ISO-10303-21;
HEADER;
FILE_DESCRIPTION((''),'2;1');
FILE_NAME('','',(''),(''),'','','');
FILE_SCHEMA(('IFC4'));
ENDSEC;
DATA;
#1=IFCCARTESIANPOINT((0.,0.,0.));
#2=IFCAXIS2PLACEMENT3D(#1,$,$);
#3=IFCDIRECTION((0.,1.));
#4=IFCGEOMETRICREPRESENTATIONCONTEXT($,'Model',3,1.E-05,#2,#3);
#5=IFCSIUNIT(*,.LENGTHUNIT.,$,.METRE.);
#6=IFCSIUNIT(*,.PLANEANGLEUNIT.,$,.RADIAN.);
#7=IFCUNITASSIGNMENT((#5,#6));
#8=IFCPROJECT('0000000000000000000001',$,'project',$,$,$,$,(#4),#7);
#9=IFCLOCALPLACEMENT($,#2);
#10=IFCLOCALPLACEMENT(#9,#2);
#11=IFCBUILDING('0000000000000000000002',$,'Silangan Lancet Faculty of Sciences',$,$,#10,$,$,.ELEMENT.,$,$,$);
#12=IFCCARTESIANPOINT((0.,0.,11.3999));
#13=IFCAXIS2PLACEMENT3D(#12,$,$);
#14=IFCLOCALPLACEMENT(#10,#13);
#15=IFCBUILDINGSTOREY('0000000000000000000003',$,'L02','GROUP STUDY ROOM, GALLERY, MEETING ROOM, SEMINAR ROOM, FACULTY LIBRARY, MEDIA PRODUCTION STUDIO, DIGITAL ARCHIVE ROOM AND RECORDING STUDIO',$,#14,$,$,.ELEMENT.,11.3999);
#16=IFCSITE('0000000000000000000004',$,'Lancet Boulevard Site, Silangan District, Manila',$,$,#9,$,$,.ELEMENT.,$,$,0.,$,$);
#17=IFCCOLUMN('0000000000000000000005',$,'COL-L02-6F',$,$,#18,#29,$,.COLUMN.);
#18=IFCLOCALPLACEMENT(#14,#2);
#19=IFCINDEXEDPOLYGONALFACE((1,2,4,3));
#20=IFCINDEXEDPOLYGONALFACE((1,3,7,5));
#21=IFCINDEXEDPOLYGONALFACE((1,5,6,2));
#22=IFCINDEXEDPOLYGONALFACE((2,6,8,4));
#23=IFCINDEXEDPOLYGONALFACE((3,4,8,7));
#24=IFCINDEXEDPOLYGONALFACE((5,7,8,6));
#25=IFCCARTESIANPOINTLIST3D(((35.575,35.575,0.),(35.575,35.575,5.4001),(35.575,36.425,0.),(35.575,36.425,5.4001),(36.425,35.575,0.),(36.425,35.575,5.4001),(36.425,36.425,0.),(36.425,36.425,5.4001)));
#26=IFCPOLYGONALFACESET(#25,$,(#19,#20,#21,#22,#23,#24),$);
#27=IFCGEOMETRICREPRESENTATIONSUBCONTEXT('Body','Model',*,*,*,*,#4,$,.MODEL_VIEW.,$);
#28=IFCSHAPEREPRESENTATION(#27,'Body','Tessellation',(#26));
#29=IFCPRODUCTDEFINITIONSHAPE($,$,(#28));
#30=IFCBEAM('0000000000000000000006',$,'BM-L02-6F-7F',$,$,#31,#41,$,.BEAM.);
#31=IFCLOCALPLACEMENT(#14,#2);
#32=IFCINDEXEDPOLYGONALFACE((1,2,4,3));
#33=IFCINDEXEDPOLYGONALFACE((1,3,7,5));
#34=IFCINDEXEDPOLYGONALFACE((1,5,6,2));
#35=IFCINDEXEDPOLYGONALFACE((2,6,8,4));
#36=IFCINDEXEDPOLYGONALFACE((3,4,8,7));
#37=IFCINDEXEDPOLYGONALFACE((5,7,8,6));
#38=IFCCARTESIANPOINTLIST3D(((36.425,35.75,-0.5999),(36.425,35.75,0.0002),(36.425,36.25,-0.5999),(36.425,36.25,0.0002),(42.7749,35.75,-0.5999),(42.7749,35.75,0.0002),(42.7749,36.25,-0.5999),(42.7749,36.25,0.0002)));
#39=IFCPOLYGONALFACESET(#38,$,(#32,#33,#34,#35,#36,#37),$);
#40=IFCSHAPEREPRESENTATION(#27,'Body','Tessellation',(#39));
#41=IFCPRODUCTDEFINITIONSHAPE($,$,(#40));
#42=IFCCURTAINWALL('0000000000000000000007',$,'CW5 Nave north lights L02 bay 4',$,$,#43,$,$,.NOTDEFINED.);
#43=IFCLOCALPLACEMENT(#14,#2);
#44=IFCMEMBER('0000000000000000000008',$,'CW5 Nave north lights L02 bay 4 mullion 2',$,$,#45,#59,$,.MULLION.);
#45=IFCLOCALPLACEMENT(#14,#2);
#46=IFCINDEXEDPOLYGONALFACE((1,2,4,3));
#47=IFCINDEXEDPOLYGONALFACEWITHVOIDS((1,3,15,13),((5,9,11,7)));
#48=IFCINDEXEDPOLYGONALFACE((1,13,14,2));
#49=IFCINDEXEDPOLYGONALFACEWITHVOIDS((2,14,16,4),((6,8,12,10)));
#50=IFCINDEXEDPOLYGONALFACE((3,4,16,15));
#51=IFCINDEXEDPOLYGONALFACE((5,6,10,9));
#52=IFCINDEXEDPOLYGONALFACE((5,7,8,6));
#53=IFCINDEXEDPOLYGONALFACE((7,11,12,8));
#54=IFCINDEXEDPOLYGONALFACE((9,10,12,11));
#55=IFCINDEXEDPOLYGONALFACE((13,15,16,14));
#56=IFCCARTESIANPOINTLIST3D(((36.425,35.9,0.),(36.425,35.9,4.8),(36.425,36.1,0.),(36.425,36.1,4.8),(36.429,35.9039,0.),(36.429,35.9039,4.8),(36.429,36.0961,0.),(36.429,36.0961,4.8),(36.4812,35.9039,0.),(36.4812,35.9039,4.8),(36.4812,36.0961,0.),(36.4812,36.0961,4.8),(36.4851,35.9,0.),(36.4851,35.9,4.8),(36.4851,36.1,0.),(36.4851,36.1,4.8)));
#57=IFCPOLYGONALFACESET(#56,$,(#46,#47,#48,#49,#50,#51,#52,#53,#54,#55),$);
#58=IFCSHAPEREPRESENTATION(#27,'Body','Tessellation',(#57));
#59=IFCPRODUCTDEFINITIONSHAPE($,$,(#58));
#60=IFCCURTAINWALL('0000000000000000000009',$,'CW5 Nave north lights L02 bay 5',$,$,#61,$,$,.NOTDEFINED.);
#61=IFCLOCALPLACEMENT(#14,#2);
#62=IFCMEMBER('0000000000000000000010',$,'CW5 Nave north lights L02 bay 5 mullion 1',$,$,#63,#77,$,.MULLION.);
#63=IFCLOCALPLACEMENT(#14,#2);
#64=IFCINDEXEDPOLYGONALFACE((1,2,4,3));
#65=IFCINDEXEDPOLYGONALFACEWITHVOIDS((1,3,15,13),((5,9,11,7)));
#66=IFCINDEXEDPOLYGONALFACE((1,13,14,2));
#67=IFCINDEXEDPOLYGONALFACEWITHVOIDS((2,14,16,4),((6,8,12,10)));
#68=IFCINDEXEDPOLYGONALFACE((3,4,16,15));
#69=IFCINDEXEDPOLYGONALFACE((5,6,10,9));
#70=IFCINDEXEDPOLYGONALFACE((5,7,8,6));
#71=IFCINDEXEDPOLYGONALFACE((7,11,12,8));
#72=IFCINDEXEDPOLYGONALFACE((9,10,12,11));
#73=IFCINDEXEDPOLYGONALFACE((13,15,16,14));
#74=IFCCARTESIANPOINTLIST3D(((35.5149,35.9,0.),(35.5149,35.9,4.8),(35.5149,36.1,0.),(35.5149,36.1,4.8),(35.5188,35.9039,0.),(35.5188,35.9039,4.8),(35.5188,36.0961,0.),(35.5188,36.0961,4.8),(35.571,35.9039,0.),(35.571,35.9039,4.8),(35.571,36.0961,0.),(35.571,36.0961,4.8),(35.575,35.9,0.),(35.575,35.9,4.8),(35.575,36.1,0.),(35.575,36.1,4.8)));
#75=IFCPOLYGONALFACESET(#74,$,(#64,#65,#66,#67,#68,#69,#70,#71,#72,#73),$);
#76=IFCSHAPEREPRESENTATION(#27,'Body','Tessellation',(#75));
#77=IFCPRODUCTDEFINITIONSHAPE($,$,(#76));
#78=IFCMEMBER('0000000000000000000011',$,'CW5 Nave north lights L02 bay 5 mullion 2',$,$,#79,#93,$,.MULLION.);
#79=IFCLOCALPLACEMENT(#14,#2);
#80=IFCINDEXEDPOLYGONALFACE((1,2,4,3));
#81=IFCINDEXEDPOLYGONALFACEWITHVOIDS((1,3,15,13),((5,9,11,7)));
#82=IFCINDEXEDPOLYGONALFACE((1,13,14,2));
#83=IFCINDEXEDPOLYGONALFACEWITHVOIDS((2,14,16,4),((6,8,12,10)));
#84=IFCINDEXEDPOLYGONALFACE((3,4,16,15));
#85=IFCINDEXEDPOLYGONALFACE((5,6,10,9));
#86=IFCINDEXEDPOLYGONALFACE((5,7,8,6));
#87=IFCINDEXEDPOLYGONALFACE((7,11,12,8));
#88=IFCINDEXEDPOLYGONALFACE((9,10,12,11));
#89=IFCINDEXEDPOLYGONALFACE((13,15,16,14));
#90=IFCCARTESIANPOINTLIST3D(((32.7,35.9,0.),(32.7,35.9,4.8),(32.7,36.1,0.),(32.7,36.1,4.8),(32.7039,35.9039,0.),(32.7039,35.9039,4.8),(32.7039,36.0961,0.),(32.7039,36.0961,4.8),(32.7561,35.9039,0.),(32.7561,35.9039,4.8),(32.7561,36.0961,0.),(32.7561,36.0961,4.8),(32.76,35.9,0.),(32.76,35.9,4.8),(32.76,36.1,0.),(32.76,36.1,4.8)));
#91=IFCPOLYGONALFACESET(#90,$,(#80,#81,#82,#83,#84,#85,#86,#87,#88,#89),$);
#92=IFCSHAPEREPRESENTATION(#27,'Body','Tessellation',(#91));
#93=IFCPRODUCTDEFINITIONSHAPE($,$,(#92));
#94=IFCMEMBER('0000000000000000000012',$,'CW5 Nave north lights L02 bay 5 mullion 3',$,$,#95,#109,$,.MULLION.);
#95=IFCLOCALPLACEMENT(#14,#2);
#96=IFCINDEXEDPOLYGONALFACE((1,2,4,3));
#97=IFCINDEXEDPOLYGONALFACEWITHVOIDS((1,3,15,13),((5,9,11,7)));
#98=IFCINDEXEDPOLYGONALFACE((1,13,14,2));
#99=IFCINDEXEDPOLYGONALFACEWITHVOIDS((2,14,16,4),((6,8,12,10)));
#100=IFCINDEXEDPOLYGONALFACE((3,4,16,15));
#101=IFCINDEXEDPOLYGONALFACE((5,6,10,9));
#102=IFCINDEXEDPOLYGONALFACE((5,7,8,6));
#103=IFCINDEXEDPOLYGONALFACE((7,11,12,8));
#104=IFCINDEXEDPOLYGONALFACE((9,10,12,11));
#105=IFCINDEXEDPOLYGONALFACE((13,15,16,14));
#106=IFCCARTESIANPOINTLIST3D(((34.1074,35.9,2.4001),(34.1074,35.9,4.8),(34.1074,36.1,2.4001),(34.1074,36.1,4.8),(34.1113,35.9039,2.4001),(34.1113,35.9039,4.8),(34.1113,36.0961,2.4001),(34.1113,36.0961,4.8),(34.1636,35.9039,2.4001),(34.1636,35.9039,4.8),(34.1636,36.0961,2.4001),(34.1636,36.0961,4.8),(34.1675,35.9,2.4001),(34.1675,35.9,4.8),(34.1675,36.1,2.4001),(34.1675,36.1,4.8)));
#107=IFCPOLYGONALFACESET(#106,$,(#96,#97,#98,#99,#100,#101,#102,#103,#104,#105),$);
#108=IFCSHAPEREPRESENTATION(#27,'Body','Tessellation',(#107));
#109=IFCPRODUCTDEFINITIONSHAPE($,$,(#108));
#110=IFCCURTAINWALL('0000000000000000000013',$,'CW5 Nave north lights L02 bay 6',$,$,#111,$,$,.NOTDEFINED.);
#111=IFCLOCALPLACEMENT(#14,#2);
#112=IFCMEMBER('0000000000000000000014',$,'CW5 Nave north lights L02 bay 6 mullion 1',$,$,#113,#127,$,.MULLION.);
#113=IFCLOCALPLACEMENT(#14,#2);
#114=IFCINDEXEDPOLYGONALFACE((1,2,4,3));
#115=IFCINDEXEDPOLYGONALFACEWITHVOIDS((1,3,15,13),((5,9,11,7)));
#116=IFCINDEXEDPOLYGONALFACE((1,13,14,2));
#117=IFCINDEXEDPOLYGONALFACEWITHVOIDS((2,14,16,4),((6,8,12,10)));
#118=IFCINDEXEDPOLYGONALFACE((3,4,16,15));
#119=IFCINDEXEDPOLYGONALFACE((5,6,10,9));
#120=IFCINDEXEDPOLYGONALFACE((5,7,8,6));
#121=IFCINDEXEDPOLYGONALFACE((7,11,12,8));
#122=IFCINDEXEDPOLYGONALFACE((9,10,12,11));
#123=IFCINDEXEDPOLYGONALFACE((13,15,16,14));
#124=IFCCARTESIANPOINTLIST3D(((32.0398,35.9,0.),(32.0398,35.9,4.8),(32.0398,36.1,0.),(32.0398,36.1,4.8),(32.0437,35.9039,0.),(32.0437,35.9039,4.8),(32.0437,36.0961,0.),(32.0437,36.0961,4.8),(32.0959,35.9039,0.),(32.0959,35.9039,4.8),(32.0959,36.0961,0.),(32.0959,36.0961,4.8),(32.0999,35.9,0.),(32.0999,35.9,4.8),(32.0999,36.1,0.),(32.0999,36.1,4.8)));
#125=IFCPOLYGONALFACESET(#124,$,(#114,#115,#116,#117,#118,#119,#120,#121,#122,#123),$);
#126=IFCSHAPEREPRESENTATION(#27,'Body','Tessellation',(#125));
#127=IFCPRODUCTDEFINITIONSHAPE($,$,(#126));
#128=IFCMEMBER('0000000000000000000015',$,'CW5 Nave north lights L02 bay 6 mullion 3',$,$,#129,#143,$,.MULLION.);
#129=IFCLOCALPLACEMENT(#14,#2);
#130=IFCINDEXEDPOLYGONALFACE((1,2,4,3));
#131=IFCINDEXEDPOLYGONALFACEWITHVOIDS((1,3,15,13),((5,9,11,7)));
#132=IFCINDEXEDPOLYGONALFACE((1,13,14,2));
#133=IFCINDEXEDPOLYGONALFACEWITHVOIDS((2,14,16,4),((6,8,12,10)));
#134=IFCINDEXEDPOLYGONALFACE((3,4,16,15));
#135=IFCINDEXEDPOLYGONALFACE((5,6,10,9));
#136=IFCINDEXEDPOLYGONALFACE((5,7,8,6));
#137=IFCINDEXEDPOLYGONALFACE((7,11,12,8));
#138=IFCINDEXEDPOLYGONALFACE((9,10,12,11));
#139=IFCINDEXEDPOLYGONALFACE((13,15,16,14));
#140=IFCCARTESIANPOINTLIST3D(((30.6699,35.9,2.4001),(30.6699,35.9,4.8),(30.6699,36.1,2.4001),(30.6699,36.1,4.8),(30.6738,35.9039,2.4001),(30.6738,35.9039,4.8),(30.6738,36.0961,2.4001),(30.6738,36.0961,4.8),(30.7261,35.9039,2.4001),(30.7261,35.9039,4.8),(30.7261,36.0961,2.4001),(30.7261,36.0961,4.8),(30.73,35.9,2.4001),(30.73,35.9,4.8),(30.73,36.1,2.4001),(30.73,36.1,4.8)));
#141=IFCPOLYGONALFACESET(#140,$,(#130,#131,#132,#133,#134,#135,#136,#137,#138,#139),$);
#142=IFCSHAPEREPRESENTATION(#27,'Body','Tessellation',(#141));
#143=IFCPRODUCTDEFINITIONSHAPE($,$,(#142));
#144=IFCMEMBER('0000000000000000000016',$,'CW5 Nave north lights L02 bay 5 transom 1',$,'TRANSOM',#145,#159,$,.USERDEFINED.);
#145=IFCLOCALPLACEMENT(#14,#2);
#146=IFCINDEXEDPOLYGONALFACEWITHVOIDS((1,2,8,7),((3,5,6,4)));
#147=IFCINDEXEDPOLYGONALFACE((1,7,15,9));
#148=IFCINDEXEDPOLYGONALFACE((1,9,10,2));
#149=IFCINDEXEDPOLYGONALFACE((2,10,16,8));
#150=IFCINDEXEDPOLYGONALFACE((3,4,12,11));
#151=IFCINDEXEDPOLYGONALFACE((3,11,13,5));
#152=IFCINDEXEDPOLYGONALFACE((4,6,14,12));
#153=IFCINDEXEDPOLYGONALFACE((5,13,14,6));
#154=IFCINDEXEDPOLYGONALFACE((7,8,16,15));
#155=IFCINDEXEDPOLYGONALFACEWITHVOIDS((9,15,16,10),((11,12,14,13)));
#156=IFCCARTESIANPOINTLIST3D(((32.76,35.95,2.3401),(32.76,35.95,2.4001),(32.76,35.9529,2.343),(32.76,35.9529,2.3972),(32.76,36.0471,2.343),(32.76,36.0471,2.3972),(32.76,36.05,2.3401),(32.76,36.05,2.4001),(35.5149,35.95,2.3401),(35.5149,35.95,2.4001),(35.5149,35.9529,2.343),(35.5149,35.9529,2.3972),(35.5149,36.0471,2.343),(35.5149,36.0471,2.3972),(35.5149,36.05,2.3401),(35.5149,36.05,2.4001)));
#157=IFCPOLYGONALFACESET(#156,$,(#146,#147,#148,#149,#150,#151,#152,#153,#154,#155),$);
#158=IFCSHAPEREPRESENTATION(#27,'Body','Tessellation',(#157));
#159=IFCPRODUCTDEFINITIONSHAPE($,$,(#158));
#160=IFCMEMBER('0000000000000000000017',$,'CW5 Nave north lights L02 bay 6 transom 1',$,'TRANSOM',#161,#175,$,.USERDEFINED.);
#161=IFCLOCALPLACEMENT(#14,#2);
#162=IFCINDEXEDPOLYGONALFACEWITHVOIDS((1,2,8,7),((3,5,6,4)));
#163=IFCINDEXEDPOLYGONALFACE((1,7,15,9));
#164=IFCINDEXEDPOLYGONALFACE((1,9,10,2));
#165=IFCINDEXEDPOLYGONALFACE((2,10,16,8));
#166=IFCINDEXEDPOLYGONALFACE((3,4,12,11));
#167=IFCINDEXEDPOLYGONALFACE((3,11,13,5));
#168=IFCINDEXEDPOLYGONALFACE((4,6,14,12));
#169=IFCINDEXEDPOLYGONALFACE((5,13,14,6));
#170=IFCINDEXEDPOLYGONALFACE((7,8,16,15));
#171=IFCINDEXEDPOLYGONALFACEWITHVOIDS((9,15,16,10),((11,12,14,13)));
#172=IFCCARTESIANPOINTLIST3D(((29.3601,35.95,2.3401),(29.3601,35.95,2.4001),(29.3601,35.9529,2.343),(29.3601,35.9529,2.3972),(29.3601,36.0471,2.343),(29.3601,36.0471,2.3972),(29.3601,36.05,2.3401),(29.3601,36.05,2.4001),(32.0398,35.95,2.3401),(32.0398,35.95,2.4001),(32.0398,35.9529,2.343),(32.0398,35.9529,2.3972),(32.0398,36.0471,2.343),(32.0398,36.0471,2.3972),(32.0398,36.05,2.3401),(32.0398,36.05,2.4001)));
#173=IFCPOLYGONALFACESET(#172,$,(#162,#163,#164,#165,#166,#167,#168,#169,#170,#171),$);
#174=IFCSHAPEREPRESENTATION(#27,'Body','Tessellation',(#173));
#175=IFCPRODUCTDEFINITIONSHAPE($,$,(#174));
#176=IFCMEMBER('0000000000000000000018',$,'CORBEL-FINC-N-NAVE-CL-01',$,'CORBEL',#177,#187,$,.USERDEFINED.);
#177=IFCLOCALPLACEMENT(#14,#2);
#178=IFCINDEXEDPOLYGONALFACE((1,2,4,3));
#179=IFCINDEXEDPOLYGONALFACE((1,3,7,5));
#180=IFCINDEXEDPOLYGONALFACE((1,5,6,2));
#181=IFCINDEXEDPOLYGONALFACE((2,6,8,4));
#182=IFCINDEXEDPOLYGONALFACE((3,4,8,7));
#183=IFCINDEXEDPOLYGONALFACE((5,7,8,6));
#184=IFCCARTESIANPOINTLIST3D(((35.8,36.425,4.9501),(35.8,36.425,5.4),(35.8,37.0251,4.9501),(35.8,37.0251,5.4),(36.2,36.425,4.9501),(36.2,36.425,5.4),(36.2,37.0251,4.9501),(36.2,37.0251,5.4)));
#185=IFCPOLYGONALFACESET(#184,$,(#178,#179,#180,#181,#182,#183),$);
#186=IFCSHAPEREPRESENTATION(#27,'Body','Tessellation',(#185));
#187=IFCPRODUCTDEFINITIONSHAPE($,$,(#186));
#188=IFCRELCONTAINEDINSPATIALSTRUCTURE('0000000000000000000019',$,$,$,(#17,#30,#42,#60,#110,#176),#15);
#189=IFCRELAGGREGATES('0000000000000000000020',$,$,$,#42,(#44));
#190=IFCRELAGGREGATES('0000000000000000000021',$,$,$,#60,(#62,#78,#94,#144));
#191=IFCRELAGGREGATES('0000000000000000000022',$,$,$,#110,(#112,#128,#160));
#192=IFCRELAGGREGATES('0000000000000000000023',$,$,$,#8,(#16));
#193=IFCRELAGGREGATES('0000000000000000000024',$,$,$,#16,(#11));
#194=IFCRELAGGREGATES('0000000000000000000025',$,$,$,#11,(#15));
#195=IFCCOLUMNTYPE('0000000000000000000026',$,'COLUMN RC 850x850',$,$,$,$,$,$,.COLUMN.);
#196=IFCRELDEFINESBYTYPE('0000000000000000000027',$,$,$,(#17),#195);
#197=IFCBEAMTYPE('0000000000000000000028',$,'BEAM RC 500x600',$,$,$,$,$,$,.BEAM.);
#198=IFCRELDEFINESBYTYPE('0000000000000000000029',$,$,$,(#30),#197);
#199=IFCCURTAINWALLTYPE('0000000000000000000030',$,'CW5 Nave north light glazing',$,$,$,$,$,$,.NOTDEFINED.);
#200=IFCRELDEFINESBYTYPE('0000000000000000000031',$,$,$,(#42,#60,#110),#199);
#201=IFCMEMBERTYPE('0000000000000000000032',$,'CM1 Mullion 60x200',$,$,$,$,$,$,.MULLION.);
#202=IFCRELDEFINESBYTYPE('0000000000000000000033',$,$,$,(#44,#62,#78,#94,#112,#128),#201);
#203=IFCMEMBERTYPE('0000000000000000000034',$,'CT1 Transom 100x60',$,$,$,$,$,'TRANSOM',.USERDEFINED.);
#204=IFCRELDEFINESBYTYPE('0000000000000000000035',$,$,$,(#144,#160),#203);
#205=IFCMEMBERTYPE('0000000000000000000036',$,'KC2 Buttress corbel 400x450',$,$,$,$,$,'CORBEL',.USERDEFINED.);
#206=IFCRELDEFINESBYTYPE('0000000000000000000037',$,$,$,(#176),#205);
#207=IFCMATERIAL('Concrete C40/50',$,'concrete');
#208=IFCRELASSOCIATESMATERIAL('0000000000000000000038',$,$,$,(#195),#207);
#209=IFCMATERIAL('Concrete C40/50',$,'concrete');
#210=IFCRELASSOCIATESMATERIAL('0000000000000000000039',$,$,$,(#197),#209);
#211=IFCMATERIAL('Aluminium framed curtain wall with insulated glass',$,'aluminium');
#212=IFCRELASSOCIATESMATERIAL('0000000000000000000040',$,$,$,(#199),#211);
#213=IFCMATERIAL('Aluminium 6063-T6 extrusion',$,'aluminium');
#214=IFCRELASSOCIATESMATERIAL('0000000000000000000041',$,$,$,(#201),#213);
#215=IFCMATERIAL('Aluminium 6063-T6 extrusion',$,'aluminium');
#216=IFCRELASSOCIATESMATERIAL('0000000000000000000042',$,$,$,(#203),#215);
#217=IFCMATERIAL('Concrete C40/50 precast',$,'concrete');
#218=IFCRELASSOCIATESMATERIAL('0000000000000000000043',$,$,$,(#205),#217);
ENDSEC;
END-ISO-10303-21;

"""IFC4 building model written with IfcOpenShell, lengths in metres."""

from ifc_helpers import new_model, si_unit, direction, frame, origin, origin_2d, place, context, subcontext, project, spatial, rectangle, hollow_rectangle, extrude, material, material_profile, profile_set, type_object, element, aggregate, save


model = new_model("IFC4")

# Units and contexts
model_context = context("Model", 3, precision=1e-05, world=origin(), true_north=direction((0.0, 1.0)))
body_context = subcontext(model_context, "Body", "Model", "MODEL_VIEW")
ifc_project = project(units=[si_unit("LENGTHUNIT", "METRE"), si_unit("PLANEANGLEUNIT", "RADIAN")], contexts=[model_context])

# Site, building, storey
site_placement = place(None, origin())
site = spatial("IfcSite", under=ifc_project, at=site_placement, Name="Lancet Boulevard Site, Silangan District, Manila", CompositionType="ELEMENT", RefElevation=0.0)
building_placement = place(site_placement, origin())
building = spatial("IfcBuilding", under=site, at=building_placement, Name="Silangan Lancet Faculty of Sciences", CompositionType="ELEMENT")
storey_placement = place(building_placement, frame((0.0, 0.0, 11.3999)))
storey = spatial("IfcBuildingStorey", under=building, at=storey_placement, Name="L02", Description="GROUP STUDY ROOM, GALLERY, MEETING ROOM, SEMINAR ROOM, FACULTY LIBRARY, MEDIA PRODUCTION STUDIO, DIGITAL ARCHIVE ROOM AND RECORDING STUDIO", CompositionType="ELEMENT", Elevation=11.3999)

# Column
ifc_material_1 = material(Name="Concrete C40/50", Category="concrete")
ifc_material_profile_1 = material_profile(ifc_material_1, rectangle(XDim=0.8501, YDim=0.8501, at=origin_2d()), Name="RC 850x850")
ifc_profile_set_1 = profile_set([ifc_material_profile_1], Name="Concrete C40/50")
column_type = type_object("IfcColumnType", Name="COLUMN RC 850x850", PredefinedType="COLUMN", material=ifc_profile_set_1)
column_placement = place(storey_placement, frame((36.0, 36.0, 0.0), z_axis=(0.0, 0.0, 1.0), x_axis=(1.0, 0.0, 0.0)))
element("IfcColumn", 1, at=column_placement, inside=storey, type_object=column_type, Name="COL-L02-6F", PredefinedType="COLUMN", context=body_context, shape_type="SweptSolid", body=[
    extrude(rectangle(XDim=0.8501, YDim=0.8501, at=origin_2d()), origin(), (0.0, 0.0, 1.0), 5.4001),
])

# Beam
ifc_material_2 = material(Name="Concrete C40/50", Category="concrete")
ifc_material_profile_2 = material_profile(ifc_material_2, rectangle(XDim=0.5, YDim=0.6001, at=origin_2d()), Name="RC 500x600")
ifc_profile_set_2 = profile_set([ifc_material_profile_2], Name="Concrete C40/50")
beam_type = type_object("IfcBeamType", Name="BEAM RC 500x600", PredefinedType="BEAM", material=ifc_profile_set_2)
beam_placement = place(storey_placement, frame((36.425, 36.0, -0.2998), z_axis=(1.0, 0.0, 0.0), x_axis=(0.0, 1.0, 0.0)))
element("IfcBeam", 2, at=beam_placement, inside=storey, type_object=beam_type, Name="BM-L02-6F-7F", PredefinedType="BEAM", context=body_context, shape_type="SweptSolid", body=[
    extrude(rectangle(XDim=0.5, YDim=0.6001, at=origin_2d()), origin(), (0.0, 0.0, 1.0), 6.3499),
])

# Curtain wall, member
ifc_material_3 = material(Name="Aluminium framed curtain wall with insulated glass", Category="aluminium")
curtain_wall_type_1 = type_object("IfcCurtainWallType", Name="CW5 Nave north light glazing", PredefinedType="NOTDEFINED", material=ifc_material_3)
curtain_wall_1_placement = place(storey_placement, origin())
curtain_wall_1 = element("IfcCurtainWall", 3, at=curtain_wall_1_placement, inside=storey, type_object=curtain_wall_type_1, Name="CW5 Nave north lights L02 bay 4", PredefinedType="NOTDEFINED")
ifc_material_4 = material(Name="Aluminium 6063-T6 extrusion", Category="aluminium")
ifc_material_profile_3 = material_profile(ifc_material_4, hollow_rectangle(XDim=0.0601, YDim=0.2, WallThickness=0.0039, at=origin_2d()), Name="AL BOX 60x200x4")
ifc_profile_set_3 = profile_set([ifc_material_profile_3], Name="Aluminium 6063-T6 extrusion")
member_type_1 = type_object("IfcMemberType", Name="CM1 Mullion 60x200", PredefinedType="MULLION", material=ifc_profile_set_3)
member_1_placement = place(storey_placement, frame((36.4551, 36.0, 0.0), z_axis=(0.0, 0.0, 1.0), x_axis=(-1.0, 0.0, 0.0)))
member_1 = element("IfcMember", 4, at=member_1_placement, type_object=member_type_1, Name="CW5 Nave north lights L02 bay 4 mullion 2", PredefinedType="MULLION", context=body_context, shape_type="SweptSolid", body=[
    extrude(hollow_rectangle(XDim=0.0601, YDim=0.2, WallThickness=0.0039, at=origin_2d()), origin(), (0.0, 0.0, 1.0), 4.8),
])
aggregate(curtain_wall_1, [member_1])

# Curtain walls, members
curtain_wall_2_placement = place(storey_placement, origin())
curtain_wall_2 = element("IfcCurtainWall", 5, at=curtain_wall_2_placement, inside=storey, type_object=curtain_wall_type_1, Name="CW5 Nave north lights L02 bay 5", PredefinedType="NOTDEFINED")
member_2_placement = place(storey_placement, frame((35.5449, 36.0, 0.0), z_axis=(0.0, 0.0, 1.0), x_axis=(-1.0, 0.0, 0.0)))
member_2 = element("IfcMember", 6, at=member_2_placement, type_object=member_type_1, Name="CW5 Nave north lights L02 bay 5 mullion 1", PredefinedType="MULLION", context=body_context, shape_type="SweptSolid", body=[
    extrude(hollow_rectangle(XDim=0.0601, YDim=0.2, WallThickness=0.0039, at=origin_2d()), origin(), (0.0, 0.0, 1.0), 4.8),
])
member_3_placement = place(storey_placement, frame((32.73, 36.0, 0.0), z_axis=(0.0, 0.0, 1.0), x_axis=(-1.0, 0.0, 0.0)))
member_3 = element("IfcMember", 7, at=member_3_placement, type_object=member_type_1, Name="CW5 Nave north lights L02 bay 5 mullion 2", PredefinedType="MULLION", context=body_context, shape_type="SweptSolid", body=[
    extrude(hollow_rectangle(XDim=0.0601, YDim=0.2, WallThickness=0.0039, at=origin_2d()), origin(), (0.0, 0.0, 1.0), 4.8),
])
member_4_placement = place(storey_placement, frame((34.1375, 36.0, 2.4001), z_axis=(0.0, 0.0, 1.0), x_axis=(-1.0, 0.0, 0.0)))
member_4 = element("IfcMember", 8, at=member_4_placement, type_object=member_type_1, Name="CW5 Nave north lights L02 bay 5 mullion 3", PredefinedType="MULLION", context=body_context, shape_type="SweptSolid", body=[
    extrude(hollow_rectangle(XDim=0.0601, YDim=0.2, WallThickness=0.0039, at=origin_2d()), origin(), (0.0, 0.0, 1.0), 2.3999),
])
curtain_wall_3_placement = place(storey_placement, origin())
curtain_wall_3 = element("IfcCurtainWall", 9, at=curtain_wall_3_placement, inside=storey, type_object=curtain_wall_type_1, Name="CW5 Nave north lights L02 bay 6", PredefinedType="NOTDEFINED")
member_5_placement = place(storey_placement, frame((32.0698, 36.0, 0.0), z_axis=(0.0, 0.0, 1.0), x_axis=(-1.0, 0.0, 0.0)))
member_5 = element("IfcMember", 10, at=member_5_placement, type_object=member_type_1, Name="CW5 Nave north lights L02 bay 6 mullion 1", PredefinedType="MULLION", context=body_context, shape_type="SweptSolid", body=[
    extrude(hollow_rectangle(XDim=0.0601, YDim=0.2, WallThickness=0.0039, at=origin_2d()), origin(), (0.0, 0.0, 1.0), 4.8),
])
member_6_placement = place(storey_placement, frame((30.7, 36.0, 2.4001), z_axis=(0.0, 0.0, 1.0), x_axis=(-1.0, 0.0, 0.0)))
member_6 = element("IfcMember", 11, at=member_6_placement, type_object=member_type_1, Name="CW5 Nave north lights L02 bay 6 mullion 3", PredefinedType="MULLION", context=body_context, shape_type="SweptSolid", body=[
    extrude(hollow_rectangle(XDim=0.0601, YDim=0.2, WallThickness=0.0039, at=origin_2d()), origin(), (0.0, 0.0, 1.0), 2.3999),
])

# Members
ifc_material_5 = material(Name="Aluminium 6063-T6 extrusion", Category="aluminium")
ifc_material_profile_4 = material_profile(ifc_material_5, hollow_rectangle(XDim=0.1001, YDim=0.0601, WallThickness=0.0029, at=origin_2d()), Name="AL BOX 100x60x3")
ifc_profile_set_4 = profile_set([ifc_material_profile_4], Name="Aluminium 6063-T6 extrusion")
member_type_2 = type_object("IfcMemberType", Name="CT1 Transom 100x60", ElementType="TRANSOM", PredefinedType="USERDEFINED", material=ifc_profile_set_4)
member_7_placement = place(storey_placement, frame((35.5149, 36.0, 2.3701), z_axis=(-1.0, 0.0, 0.0), x_axis=(0.0, -1.0, 0.0)))
member_7 = element("IfcMember", 12, at=member_7_placement, type_object=member_type_2, Name="CW5 Nave north lights L02 bay 5 transom 1", ObjectType="TRANSOM", PredefinedType="USERDEFINED", context=body_context, shape_type="SweptSolid", body=[
    extrude(hollow_rectangle(XDim=0.1001, YDim=0.0601, WallThickness=0.0029, at=origin_2d()), origin(), (0.0, 0.0, 1.0), 2.7549),
])
member_8_placement = place(storey_placement, frame((32.0398, 36.0, 2.3701), z_axis=(-1.0, 0.0, 0.0), x_axis=(0.0, -1.0, 0.0)))
member_8 = element("IfcMember", 13, at=member_8_placement, type_object=member_type_2, Name="CW5 Nave north lights L02 bay 6 transom 1", ObjectType="TRANSOM", PredefinedType="USERDEFINED", context=body_context, shape_type="SweptSolid", body=[
    extrude(hollow_rectangle(XDim=0.1001, YDim=0.0601, WallThickness=0.0029, at=origin_2d()), origin(), (0.0, 0.0, 1.0), 2.6797),
])
ifc_material_6 = material(Name="Concrete C40/50 precast", Category="concrete")
ifc_material_profile_5 = material_profile(ifc_material_6, rectangle(XDim=0.3999, YDim=0.45, at=origin_2d()), Name="RC 400x450")
ifc_profile_set_5 = profile_set([ifc_material_profile_5], Name="Concrete C40/50 precast")
member_type_3 = type_object("IfcMemberType", Name="KC2 Buttress corbel 400x450", ElementType="CORBEL", PredefinedType="USERDEFINED", material=ifc_profile_set_5)
member_9_placement = place(storey_placement, frame((36.0, 36.425, 5.175), z_axis=(0.0, 1.0, 0.0), x_axis=(-1.0, 0.0, 0.0)))
element("IfcMember", 14, at=member_9_placement, inside=storey, type_object=member_type_3, Name="CORBEL-FINC-N-NAVE-CL-01", ObjectType="CORBEL", PredefinedType="USERDEFINED", context=body_context, shape_type="SweptSolid", body=[
    extrude(rectangle(XDim=0.3999, YDim=0.45, at=origin_2d()), origin(), (0.0, 0.0, 1.0), 0.6001),
])

aggregate(curtain_wall_2, [member_2, member_3, member_4, member_7])
aggregate(curtain_wall_3, [member_5, member_6, member_8])

save(model, "model.ifc")
